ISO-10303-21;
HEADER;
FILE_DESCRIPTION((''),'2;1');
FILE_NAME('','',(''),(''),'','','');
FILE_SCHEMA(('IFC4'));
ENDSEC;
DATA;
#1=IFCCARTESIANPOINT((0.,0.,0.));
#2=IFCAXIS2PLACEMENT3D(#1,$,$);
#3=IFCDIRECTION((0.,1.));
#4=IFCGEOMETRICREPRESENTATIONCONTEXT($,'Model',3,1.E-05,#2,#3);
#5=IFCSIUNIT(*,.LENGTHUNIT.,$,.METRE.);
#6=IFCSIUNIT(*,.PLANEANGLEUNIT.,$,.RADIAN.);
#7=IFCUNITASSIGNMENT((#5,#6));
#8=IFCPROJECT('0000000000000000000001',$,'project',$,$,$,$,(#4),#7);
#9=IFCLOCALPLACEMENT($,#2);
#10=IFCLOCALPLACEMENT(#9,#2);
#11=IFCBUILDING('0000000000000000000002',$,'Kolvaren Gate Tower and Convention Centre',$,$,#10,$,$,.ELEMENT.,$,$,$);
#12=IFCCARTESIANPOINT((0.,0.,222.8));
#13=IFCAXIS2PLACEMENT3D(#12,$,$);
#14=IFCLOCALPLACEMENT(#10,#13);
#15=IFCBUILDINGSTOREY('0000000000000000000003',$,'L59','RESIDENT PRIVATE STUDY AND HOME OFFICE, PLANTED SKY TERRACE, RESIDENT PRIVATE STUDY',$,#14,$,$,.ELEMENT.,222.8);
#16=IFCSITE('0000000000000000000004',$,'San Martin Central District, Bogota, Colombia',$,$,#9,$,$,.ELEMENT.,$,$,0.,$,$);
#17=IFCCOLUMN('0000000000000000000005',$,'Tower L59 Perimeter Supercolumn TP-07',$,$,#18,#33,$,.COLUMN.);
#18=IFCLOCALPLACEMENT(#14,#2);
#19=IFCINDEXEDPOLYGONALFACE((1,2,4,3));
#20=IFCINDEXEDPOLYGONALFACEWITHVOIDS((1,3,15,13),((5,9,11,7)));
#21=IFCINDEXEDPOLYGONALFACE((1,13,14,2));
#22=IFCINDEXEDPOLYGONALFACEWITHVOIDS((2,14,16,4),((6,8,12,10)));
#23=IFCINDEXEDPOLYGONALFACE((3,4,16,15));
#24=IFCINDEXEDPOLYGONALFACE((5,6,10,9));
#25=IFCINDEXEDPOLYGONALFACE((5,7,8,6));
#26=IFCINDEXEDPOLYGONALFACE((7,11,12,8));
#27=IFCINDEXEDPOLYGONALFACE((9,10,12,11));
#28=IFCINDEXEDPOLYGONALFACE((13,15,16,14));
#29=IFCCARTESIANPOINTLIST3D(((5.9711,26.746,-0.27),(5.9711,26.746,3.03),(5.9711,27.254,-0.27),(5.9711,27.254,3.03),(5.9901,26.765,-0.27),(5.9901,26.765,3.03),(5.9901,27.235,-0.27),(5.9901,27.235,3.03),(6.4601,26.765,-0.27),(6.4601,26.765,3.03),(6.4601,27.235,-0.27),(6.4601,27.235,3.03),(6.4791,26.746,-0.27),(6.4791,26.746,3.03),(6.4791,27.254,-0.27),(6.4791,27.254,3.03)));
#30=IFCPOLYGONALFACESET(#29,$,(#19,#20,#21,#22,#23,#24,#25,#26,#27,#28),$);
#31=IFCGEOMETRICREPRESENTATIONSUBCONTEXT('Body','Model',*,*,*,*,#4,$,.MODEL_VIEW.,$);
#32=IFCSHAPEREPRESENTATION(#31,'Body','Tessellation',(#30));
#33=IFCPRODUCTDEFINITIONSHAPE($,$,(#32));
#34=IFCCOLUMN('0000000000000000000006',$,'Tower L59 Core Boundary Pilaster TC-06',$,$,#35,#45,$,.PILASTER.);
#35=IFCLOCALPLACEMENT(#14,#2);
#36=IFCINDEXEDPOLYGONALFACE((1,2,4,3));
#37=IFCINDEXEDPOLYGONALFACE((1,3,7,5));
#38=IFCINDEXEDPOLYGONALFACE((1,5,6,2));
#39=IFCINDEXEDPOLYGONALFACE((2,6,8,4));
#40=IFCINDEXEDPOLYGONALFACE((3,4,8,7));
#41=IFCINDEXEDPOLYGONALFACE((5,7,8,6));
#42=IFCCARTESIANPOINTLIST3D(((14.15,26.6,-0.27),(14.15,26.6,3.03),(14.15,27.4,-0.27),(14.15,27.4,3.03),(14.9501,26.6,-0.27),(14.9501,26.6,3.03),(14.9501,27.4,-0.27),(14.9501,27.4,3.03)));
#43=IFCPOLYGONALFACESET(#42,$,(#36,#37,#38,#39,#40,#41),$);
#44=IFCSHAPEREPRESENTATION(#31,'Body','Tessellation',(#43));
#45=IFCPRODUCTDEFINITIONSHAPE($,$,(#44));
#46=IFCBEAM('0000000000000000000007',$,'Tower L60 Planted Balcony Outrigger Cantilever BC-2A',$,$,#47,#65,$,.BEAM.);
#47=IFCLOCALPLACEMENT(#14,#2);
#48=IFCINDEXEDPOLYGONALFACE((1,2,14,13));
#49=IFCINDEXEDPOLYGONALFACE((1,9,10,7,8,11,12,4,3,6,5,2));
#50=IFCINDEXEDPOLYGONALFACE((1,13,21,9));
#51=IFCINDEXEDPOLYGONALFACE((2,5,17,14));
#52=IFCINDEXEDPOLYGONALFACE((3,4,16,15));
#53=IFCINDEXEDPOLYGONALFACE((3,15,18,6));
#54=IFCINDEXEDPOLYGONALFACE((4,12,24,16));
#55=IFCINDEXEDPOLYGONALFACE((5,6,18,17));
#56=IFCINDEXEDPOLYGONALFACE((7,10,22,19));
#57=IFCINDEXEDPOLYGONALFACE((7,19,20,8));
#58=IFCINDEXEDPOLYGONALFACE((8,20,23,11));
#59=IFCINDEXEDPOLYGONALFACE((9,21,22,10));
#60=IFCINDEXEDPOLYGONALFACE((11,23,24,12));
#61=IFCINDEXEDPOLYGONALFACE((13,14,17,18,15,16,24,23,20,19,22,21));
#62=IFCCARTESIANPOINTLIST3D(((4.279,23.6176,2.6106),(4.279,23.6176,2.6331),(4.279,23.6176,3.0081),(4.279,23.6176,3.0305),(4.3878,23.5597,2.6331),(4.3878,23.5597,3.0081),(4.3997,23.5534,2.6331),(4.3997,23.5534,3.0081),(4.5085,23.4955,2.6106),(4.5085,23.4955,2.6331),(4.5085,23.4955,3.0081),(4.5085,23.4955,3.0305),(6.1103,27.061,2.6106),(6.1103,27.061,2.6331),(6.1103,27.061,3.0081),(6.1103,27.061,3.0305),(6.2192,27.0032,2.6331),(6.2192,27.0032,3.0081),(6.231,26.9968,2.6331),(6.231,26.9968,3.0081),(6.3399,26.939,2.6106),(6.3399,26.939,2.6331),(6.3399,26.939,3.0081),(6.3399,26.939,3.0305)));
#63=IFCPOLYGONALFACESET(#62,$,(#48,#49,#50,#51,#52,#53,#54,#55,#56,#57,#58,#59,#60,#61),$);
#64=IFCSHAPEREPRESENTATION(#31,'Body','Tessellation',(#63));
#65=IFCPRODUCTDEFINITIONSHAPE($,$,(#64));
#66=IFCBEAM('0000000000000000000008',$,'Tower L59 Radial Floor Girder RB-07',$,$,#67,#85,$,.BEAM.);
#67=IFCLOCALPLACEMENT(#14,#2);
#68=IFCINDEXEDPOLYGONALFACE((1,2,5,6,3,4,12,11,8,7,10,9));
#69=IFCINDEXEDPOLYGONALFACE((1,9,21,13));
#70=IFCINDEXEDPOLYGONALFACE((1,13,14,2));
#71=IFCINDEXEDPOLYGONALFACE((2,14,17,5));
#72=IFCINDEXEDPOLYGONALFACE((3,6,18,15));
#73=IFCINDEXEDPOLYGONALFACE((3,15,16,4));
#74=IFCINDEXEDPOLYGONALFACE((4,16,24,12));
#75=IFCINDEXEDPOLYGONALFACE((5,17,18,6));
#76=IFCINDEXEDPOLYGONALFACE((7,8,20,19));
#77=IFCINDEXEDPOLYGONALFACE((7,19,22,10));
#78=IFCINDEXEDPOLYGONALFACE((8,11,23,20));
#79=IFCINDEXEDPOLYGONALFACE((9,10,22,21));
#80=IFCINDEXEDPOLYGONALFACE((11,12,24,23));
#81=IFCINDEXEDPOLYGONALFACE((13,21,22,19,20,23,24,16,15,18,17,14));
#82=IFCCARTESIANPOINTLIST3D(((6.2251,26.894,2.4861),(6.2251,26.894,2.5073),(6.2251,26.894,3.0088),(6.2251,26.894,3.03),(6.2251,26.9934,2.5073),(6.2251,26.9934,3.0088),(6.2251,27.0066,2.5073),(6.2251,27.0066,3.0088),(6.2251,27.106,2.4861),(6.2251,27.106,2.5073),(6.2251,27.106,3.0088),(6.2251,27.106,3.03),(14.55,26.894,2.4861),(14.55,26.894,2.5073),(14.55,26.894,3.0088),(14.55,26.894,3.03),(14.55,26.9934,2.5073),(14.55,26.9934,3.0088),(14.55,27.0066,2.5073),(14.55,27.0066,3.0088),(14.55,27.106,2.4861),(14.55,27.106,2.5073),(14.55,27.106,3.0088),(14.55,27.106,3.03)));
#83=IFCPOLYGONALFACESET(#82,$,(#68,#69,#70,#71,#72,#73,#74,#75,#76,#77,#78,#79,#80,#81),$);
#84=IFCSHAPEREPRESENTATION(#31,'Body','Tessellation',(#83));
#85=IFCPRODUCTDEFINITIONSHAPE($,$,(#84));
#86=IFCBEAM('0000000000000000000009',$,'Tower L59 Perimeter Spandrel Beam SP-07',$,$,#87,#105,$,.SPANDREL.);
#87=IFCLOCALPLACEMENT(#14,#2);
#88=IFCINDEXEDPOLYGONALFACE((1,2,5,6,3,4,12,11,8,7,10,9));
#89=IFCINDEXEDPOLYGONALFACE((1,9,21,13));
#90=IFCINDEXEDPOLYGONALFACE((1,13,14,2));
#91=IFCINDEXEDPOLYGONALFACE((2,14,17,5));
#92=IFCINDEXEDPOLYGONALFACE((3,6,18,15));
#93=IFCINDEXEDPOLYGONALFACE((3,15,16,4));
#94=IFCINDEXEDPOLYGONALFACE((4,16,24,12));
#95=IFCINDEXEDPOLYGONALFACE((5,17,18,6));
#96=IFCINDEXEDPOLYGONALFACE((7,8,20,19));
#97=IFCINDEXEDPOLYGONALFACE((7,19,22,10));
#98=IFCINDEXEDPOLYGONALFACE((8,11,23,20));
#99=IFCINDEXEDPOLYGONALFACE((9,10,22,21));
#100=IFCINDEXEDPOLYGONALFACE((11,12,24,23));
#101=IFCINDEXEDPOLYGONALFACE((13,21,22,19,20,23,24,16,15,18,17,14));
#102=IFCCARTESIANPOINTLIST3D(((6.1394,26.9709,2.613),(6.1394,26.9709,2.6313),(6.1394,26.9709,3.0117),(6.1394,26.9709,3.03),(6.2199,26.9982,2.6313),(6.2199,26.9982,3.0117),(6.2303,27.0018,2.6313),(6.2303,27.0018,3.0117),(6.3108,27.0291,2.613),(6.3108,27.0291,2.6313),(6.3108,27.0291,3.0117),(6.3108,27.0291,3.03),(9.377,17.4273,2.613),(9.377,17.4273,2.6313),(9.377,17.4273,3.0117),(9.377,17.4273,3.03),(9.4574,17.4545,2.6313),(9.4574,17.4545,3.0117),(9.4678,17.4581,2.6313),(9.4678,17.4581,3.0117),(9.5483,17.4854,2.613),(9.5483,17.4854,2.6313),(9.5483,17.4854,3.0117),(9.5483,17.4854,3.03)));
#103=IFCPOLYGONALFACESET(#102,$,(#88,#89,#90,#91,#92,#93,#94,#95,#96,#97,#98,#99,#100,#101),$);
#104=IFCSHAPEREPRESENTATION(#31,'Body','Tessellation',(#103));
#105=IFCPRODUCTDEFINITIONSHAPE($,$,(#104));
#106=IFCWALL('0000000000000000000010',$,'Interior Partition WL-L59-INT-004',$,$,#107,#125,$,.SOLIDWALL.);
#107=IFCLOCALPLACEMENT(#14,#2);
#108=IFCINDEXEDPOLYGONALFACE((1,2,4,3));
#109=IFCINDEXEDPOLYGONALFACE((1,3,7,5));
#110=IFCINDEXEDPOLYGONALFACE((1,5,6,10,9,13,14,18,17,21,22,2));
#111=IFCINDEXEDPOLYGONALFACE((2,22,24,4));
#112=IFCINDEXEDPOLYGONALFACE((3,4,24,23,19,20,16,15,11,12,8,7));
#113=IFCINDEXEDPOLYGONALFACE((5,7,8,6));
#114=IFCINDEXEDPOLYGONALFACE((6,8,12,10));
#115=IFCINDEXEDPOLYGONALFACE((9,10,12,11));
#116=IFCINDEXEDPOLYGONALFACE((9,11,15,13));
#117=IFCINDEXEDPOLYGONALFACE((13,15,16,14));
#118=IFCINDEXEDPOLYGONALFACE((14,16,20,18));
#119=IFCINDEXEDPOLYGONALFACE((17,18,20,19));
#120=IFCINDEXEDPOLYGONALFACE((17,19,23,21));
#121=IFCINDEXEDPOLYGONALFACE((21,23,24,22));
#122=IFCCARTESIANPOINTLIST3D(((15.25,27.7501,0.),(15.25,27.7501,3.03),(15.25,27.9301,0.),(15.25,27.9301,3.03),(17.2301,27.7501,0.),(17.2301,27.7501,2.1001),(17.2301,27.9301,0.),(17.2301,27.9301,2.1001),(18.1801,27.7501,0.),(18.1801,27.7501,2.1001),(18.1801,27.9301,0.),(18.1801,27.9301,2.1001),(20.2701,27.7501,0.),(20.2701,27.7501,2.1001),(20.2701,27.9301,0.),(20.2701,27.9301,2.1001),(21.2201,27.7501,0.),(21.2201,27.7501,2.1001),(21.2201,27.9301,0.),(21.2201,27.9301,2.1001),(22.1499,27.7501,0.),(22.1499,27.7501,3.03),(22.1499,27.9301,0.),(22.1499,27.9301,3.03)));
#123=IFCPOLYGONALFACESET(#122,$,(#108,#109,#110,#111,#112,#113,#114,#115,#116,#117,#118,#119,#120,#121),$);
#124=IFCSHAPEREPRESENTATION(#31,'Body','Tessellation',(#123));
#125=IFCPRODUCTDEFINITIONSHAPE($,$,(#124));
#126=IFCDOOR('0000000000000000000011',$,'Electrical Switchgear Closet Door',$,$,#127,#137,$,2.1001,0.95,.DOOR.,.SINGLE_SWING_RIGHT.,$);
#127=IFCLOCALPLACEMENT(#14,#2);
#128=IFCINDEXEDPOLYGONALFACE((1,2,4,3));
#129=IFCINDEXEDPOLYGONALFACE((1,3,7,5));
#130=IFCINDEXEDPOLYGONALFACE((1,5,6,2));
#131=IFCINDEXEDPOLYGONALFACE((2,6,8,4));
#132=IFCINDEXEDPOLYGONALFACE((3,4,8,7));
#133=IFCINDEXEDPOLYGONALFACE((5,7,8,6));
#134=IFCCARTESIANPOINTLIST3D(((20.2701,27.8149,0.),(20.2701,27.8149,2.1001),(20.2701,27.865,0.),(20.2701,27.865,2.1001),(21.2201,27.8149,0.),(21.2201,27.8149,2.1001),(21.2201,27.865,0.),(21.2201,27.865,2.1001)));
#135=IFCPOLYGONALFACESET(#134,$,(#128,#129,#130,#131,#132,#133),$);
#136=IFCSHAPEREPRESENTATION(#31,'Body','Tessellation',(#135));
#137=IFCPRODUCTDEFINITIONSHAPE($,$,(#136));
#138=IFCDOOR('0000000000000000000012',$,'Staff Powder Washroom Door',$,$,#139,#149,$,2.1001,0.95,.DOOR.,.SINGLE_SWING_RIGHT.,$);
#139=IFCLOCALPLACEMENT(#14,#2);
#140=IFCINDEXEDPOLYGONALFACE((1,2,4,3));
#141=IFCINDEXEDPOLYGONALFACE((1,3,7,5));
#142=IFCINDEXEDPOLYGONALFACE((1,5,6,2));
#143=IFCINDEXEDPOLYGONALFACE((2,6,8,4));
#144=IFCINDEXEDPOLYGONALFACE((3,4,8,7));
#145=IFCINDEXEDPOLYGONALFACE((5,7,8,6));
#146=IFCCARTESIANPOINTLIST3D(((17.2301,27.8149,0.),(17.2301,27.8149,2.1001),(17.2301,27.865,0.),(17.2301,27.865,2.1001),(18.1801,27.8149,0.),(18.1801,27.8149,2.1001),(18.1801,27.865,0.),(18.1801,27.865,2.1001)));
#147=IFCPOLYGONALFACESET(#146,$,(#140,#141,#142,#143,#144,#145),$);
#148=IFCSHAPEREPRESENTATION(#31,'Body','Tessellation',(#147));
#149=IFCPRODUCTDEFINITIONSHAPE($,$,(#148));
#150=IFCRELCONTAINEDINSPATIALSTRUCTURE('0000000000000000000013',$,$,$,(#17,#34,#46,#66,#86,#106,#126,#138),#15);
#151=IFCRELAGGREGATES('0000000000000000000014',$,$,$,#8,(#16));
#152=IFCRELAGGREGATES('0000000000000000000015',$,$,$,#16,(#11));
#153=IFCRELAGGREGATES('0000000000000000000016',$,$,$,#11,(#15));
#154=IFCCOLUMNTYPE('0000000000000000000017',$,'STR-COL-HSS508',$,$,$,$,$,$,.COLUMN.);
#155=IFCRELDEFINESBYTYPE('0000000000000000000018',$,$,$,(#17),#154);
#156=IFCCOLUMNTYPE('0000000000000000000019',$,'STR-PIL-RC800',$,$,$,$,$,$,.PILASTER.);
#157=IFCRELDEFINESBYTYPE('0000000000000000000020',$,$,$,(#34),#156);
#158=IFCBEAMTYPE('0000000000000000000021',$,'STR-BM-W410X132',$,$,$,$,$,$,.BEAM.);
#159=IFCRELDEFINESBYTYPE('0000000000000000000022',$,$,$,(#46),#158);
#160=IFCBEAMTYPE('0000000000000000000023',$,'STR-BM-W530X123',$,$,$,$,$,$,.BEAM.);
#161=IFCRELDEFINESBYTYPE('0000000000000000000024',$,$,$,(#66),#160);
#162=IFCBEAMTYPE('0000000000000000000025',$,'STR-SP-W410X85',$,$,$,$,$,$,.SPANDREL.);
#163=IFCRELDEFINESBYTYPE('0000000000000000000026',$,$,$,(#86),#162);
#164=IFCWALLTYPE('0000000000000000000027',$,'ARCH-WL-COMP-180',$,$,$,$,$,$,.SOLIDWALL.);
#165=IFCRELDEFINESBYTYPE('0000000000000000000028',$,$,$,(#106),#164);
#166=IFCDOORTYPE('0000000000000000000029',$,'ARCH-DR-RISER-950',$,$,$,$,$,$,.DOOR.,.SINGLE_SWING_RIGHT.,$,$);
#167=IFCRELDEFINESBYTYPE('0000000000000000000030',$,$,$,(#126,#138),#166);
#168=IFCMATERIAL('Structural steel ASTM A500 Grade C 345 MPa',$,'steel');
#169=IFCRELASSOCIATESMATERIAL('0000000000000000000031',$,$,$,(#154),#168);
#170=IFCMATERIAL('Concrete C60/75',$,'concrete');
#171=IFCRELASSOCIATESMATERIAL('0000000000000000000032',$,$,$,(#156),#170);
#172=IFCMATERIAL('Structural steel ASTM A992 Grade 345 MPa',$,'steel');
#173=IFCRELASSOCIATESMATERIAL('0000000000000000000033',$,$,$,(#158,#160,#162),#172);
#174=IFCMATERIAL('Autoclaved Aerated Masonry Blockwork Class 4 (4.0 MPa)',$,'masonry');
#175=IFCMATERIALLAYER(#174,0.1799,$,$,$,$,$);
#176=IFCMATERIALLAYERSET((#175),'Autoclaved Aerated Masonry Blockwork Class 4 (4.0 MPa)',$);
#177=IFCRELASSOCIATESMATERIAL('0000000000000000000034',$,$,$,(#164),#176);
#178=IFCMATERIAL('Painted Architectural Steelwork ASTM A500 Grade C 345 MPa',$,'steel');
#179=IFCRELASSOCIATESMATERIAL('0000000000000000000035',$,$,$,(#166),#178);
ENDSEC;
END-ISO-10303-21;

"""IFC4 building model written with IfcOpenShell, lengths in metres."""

from ifc_helpers import new_model, si_unit, direction, frame, frame_2d, origin, origin_2d, place, context, subcontext, project, spatial, rectangle, hollow_rectangle, i_section, extrude, material, layer, layer_set, material_profile, profile_set, type_object, element, fill, save


model = new_model("IFC4")

# Units and contexts
model_context = context("Model", 3, precision=1e-05, world=origin(), true_north=direction((0.0, 1.0)))
body_context = subcontext(model_context, "Body", "Model", "MODEL_VIEW")
ifc_project = project(units=[si_unit("LENGTHUNIT", "METRE"), si_unit("PLANEANGLEUNIT", "RADIAN")], contexts=[model_context])

# Site, building, storey
site_placement = place(None, origin())
site = spatial("IfcSite", under=ifc_project, at=site_placement, Name="San Martin Central District, Bogota, Colombia", CompositionType="ELEMENT", RefElevation=0.0)
building_placement = place(site_placement, origin())
building = spatial("IfcBuilding", under=site, at=building_placement, Name="Kolvaren Gate Tower and Convention Centre", CompositionType="ELEMENT")
storey_placement = place(building_placement, frame((0.0, 0.0, 222.8)))
storey = spatial("IfcBuildingStorey", under=building, at=storey_placement, Name="L59", Description="RESIDENT PRIVATE STUDY AND HOME OFFICE, PLANTED SKY TERRACE, RESIDENT PRIVATE STUDY", CompositionType="ELEMENT", Elevation=222.8)

# Columns
ifc_material_1 = material(Name="Structural steel ASTM A500 Grade C 345 MPa", Category="steel")
ifc_material_profile_1 = material_profile(ifc_material_1, hollow_rectangle(XDim=0.5081, YDim=0.5081, WallThickness=0.019, at=origin_2d()), Name="HSS508X508X19.1")
ifc_profile_set_1 = profile_set([ifc_material_profile_1], Name="Structural steel ASTM A500 Grade C 345 MPa")
column_type_1 = type_object("IfcColumnType", Name="STR-COL-HSS508", PredefinedType="COLUMN", material=ifc_profile_set_1)
column_1_placement = place(storey_placement, frame((6.2251, 27.0, -0.27), z_axis=(0.0, 0.0, 1.0), x_axis=(1.0, 0.0, 0.0)))
element("IfcColumn", 1, at=column_1_placement, inside=storey, type_object=column_type_1, Name="Tower L59 Perimeter Supercolumn TP-07", PredefinedType="COLUMN", context=body_context, shape_type="SweptSolid", body=[
    extrude(hollow_rectangle(XDim=0.5081, YDim=0.5081, WallThickness=0.019, at=origin_2d()), origin(), (0.0, 0.0, 1.0), 3.3),
])
ifc_material_2 = material(Name="Concrete C60/75", Category="concrete")
ifc_material_profile_2 = material_profile(ifc_material_2, rectangle(XDim=0.8, YDim=0.8, at=origin_2d()), Name="RC-COL-800X800")
ifc_profile_set_2 = profile_set([ifc_material_profile_2], Name="Concrete C60/75")
column_type_2 = type_object("IfcColumnType", Name="STR-PIL-RC800", PredefinedType="PILASTER", material=ifc_profile_set_2)
column_2_placement = place(storey_placement, frame((14.55, 27.0, -0.27), z_axis=(0.0, 0.0, 1.0), x_axis=(1.0, 0.0, 0.0)))
element("IfcColumn", 2, at=column_2_placement, inside=storey, type_object=column_type_2, Name="Tower L59 Core Boundary Pilaster TC-06", PredefinedType="PILASTER", context=body_context, shape_type="SweptSolid", body=[
    extrude(rectangle(XDim=0.8, YDim=0.8, at=origin_2d()), origin(), (0.0, 0.0, 1.0), 3.3),
])

# Beams
ifc_material_3 = material(Name="Structural steel ASTM A992 Grade 345 MPa", Category="steel")
ifc_material_profile_3 = material_profile(ifc_material_3, i_section(OverallWidth=0.26, OverallDepth=0.4199, WebThickness=0.0134, FlangeThickness=0.0225, at=origin_2d()), Name="W410X132")
ifc_profile_set_3 = profile_set([ifc_material_profile_3], Name="Structural steel ASTM A992 Grade 345 MPa")
beam_type_1 = type_object("IfcBeamType", Name="STR-BM-W410X132", PredefinedType="BEAM", material=ifc_profile_set_3)
beam_1_placement = place(storey_placement, frame((6.2251, 27.0, 2.8206), z_axis=(-0.469558, -0.882902, 0.0), x_axis=(0.882902, -0.469558, 0.0)))
element("IfcBeam", 3, at=beam_1_placement, inside=storey, type_object=beam_type_1, Name="Tower L60 Planted Balcony Outrigger Cantilever BC-2A", PredefinedType="BEAM", context=body_context, shape_type="SweptSolid", body=[
    extrude(i_section(OverallWidth=0.26, OverallDepth=0.4199, WebThickness=0.0134, FlangeThickness=0.0225, at=origin_2d()), origin(), (0.0, 0.0, 1.0), 3.9001),
])
ifc_material_profile_4 = material_profile(ifc_material_3, i_section(OverallWidth=0.2119, OverallDepth=0.5439, WebThickness=0.0132, FlangeThickness=0.0212, at=origin_2d()), Name="W530X123")
ifc_profile_set_4 = profile_set([ifc_material_profile_4], Name="Structural steel ASTM A992 Grade 345 MPa")
beam_type_2 = type_object("IfcBeamType", Name="STR-BM-W530X123", PredefinedType="BEAM", material=ifc_profile_set_4)
beam_2_placement = place(storey_placement, frame((14.55, 27.0, 2.7581), z_axis=(-1.0, 0.0, 0.0), x_axis=(0.0, -1.0, 0.0)))
element("IfcBeam", 4, at=beam_2_placement, inside=storey, type_object=beam_type_2, Name="Tower L59 Radial Floor Girder RB-07", PredefinedType="BEAM", context=body_context, shape_type="SweptSolid", body=[
    extrude(i_section(OverallWidth=0.2119, OverallDepth=0.5439, WebThickness=0.0132, FlangeThickness=0.0212, at=origin_2d()), origin(), (0.0, 0.0, 1.0), 8.325),
])
ifc_material_profile_5 = material_profile(ifc_material_3, i_section(OverallWidth=0.1809, OverallDepth=0.417, WebThickness=0.011, FlangeThickness=0.0183, at=origin_2d()), Name="W410X85")
ifc_profile_set_5 = profile_set([ifc_material_profile_5], Name="Structural steel ASTM A992 Grade 345 MPa")
beam_type_3 = type_object("IfcBeamType", Name="STR-SP-W410X85", PredefinedType="SPANDREL", material=ifc_profile_set_5)
beam_3_placement = place(storey_placement, frame((6.2251, 27.0, 2.8215), z_axis=(0.321253, -0.946994, 0.0), x_axis=(0.946994, 0.321253, 0.0)))
element("IfcBeam", 5, at=beam_3_placement, inside=storey, type_object=beam_type_3, Name="Tower L59 Perimeter Spandrel Beam SP-07", PredefinedType="SPANDREL", context=body_context, shape_type="SweptSolid", body=[
    extrude(i_section(OverallWidth=0.1809, OverallDepth=0.417, WebThickness=0.011, FlangeThickness=0.0183, at=origin_2d()), origin(), (0.0, 0.0, 1.0), 10.0779),
])

# Wall, openings, doors
ifc_material_4 = material(Name="Autoclaved Aerated Masonry Blockwork Class 4 (4.0 MPa)", Category="masonry")
ifc_layer_1 = layer(ifc_material_4, 0.1799)
ifc_layer_set_1 = layer_set([ifc_layer_1], Name="Autoclaved Aerated Masonry Blockwork Class 4 (4.0 MPa)")
wall_type_1 = type_object("IfcWallType", Name="ARCH-WL-COMP-180", PredefinedType="SOLIDWALL", material=ifc_layer_set_1)
wall_1_placement = place(storey_placement, frame((15.25, 27.8401, 0.0), z_axis=(0.0, 0.0, 1.0), x_axis=(1.0, 0.0, 0.0)))
wall_1 = element("IfcWall", 6, at=wall_1_placement, inside=storey, type_object=wall_type_1, Name="Interior Partition WL-L59-INT-004", PredefinedType="SOLIDWALL", context=body_context, shape_type="SweptSolid", body=[
    extrude(rectangle(XDim=6.8999, YDim=0.1799, at=frame_2d((3.45, 0.0))), origin(), (0.0, 0.0, 1.0), 3.03),
])
opening_1_placement = place(wall_1_placement, frame((5.02, 0.0, 0.0)))
opening_1 = element("IfcOpeningElement", 7, at=opening_1_placement, cuts=wall_1, PredefinedType="OPENING", context=body_context, shape_type="SweptSolid", body=[
    extrude(rectangle(XDim=0.95, YDim=2.1001, at=frame_2d((0.4751, 1.05))), frame((0.0, 0.0999, 0.0), z_axis=(0.0, -1.0, 0.0), x_axis=(1.0, 0.0, 0.0)), (0.0, 0.0, 1.0), 0.2),
])
opening_2_placement = place(wall_1_placement, frame((1.98, 0.0, 0.0)))
opening_2 = element("IfcOpeningElement", 8, at=opening_2_placement, cuts=wall_1, PredefinedType="OPENING", context=body_context, shape_type="SweptSolid", body=[
    extrude(rectangle(XDim=0.95, YDim=2.1001, at=frame_2d((0.4751, 1.05))), frame((0.0, 0.0999, 0.0), z_axis=(0.0, -1.0, 0.0), x_axis=(1.0, 0.0, 0.0)), (0.0, 0.0, 1.0), 0.2),
])
ifc_material_5 = material(Name="Painted Architectural Steelwork ASTM A500 Grade C 345 MPa", Category="steel")
door_type = type_object("IfcDoorType", Name="ARCH-DR-RISER-950", OperationType="SINGLE_SWING_RIGHT", PredefinedType="DOOR", material=ifc_material_5)
door_1_placement = place(opening_1_placement, origin())
door_1 = element("IfcDoor", 9, at=door_1_placement, inside=storey, type_object=door_type, Name="Electrical Switchgear Closet Door", OperationType="SINGLE_SWING_RIGHT", OverallHeight=2.1001, OverallWidth=0.95, PredefinedType="DOOR", context=body_context, shape_type="SweptSolid", body=[
    extrude(rectangle(XDim=0.95, YDim=2.1001, at=frame_2d((0.4751, 1.05))), frame((0.0, 0.0249, 0.0), z_axis=(0.0, -1.0, 0.0), x_axis=(1.0, 0.0, 0.0)), (0.0, 0.0, 1.0), 0.05),
])
fill(opening_1, door_1)
door_2_placement = place(opening_2_placement, origin())
door_2 = element("IfcDoor", 10, at=door_2_placement, inside=storey, type_object=door_type, Name="Staff Powder Washroom Door", OperationType="SINGLE_SWING_RIGHT", OverallHeight=2.1001, OverallWidth=0.95, PredefinedType="DOOR", context=body_context, shape_type="SweptSolid", body=[
    extrude(rectangle(XDim=0.95, YDim=2.1001, at=frame_2d((0.4751, 1.05))), frame((0.0, 0.0249, 0.0), z_axis=(0.0, -1.0, 0.0), x_axis=(1.0, 0.0, 0.0)), (0.0, 0.0, 1.0), 0.05),
])
fill(opening_2, door_2)

save(model, "model.ifc")
